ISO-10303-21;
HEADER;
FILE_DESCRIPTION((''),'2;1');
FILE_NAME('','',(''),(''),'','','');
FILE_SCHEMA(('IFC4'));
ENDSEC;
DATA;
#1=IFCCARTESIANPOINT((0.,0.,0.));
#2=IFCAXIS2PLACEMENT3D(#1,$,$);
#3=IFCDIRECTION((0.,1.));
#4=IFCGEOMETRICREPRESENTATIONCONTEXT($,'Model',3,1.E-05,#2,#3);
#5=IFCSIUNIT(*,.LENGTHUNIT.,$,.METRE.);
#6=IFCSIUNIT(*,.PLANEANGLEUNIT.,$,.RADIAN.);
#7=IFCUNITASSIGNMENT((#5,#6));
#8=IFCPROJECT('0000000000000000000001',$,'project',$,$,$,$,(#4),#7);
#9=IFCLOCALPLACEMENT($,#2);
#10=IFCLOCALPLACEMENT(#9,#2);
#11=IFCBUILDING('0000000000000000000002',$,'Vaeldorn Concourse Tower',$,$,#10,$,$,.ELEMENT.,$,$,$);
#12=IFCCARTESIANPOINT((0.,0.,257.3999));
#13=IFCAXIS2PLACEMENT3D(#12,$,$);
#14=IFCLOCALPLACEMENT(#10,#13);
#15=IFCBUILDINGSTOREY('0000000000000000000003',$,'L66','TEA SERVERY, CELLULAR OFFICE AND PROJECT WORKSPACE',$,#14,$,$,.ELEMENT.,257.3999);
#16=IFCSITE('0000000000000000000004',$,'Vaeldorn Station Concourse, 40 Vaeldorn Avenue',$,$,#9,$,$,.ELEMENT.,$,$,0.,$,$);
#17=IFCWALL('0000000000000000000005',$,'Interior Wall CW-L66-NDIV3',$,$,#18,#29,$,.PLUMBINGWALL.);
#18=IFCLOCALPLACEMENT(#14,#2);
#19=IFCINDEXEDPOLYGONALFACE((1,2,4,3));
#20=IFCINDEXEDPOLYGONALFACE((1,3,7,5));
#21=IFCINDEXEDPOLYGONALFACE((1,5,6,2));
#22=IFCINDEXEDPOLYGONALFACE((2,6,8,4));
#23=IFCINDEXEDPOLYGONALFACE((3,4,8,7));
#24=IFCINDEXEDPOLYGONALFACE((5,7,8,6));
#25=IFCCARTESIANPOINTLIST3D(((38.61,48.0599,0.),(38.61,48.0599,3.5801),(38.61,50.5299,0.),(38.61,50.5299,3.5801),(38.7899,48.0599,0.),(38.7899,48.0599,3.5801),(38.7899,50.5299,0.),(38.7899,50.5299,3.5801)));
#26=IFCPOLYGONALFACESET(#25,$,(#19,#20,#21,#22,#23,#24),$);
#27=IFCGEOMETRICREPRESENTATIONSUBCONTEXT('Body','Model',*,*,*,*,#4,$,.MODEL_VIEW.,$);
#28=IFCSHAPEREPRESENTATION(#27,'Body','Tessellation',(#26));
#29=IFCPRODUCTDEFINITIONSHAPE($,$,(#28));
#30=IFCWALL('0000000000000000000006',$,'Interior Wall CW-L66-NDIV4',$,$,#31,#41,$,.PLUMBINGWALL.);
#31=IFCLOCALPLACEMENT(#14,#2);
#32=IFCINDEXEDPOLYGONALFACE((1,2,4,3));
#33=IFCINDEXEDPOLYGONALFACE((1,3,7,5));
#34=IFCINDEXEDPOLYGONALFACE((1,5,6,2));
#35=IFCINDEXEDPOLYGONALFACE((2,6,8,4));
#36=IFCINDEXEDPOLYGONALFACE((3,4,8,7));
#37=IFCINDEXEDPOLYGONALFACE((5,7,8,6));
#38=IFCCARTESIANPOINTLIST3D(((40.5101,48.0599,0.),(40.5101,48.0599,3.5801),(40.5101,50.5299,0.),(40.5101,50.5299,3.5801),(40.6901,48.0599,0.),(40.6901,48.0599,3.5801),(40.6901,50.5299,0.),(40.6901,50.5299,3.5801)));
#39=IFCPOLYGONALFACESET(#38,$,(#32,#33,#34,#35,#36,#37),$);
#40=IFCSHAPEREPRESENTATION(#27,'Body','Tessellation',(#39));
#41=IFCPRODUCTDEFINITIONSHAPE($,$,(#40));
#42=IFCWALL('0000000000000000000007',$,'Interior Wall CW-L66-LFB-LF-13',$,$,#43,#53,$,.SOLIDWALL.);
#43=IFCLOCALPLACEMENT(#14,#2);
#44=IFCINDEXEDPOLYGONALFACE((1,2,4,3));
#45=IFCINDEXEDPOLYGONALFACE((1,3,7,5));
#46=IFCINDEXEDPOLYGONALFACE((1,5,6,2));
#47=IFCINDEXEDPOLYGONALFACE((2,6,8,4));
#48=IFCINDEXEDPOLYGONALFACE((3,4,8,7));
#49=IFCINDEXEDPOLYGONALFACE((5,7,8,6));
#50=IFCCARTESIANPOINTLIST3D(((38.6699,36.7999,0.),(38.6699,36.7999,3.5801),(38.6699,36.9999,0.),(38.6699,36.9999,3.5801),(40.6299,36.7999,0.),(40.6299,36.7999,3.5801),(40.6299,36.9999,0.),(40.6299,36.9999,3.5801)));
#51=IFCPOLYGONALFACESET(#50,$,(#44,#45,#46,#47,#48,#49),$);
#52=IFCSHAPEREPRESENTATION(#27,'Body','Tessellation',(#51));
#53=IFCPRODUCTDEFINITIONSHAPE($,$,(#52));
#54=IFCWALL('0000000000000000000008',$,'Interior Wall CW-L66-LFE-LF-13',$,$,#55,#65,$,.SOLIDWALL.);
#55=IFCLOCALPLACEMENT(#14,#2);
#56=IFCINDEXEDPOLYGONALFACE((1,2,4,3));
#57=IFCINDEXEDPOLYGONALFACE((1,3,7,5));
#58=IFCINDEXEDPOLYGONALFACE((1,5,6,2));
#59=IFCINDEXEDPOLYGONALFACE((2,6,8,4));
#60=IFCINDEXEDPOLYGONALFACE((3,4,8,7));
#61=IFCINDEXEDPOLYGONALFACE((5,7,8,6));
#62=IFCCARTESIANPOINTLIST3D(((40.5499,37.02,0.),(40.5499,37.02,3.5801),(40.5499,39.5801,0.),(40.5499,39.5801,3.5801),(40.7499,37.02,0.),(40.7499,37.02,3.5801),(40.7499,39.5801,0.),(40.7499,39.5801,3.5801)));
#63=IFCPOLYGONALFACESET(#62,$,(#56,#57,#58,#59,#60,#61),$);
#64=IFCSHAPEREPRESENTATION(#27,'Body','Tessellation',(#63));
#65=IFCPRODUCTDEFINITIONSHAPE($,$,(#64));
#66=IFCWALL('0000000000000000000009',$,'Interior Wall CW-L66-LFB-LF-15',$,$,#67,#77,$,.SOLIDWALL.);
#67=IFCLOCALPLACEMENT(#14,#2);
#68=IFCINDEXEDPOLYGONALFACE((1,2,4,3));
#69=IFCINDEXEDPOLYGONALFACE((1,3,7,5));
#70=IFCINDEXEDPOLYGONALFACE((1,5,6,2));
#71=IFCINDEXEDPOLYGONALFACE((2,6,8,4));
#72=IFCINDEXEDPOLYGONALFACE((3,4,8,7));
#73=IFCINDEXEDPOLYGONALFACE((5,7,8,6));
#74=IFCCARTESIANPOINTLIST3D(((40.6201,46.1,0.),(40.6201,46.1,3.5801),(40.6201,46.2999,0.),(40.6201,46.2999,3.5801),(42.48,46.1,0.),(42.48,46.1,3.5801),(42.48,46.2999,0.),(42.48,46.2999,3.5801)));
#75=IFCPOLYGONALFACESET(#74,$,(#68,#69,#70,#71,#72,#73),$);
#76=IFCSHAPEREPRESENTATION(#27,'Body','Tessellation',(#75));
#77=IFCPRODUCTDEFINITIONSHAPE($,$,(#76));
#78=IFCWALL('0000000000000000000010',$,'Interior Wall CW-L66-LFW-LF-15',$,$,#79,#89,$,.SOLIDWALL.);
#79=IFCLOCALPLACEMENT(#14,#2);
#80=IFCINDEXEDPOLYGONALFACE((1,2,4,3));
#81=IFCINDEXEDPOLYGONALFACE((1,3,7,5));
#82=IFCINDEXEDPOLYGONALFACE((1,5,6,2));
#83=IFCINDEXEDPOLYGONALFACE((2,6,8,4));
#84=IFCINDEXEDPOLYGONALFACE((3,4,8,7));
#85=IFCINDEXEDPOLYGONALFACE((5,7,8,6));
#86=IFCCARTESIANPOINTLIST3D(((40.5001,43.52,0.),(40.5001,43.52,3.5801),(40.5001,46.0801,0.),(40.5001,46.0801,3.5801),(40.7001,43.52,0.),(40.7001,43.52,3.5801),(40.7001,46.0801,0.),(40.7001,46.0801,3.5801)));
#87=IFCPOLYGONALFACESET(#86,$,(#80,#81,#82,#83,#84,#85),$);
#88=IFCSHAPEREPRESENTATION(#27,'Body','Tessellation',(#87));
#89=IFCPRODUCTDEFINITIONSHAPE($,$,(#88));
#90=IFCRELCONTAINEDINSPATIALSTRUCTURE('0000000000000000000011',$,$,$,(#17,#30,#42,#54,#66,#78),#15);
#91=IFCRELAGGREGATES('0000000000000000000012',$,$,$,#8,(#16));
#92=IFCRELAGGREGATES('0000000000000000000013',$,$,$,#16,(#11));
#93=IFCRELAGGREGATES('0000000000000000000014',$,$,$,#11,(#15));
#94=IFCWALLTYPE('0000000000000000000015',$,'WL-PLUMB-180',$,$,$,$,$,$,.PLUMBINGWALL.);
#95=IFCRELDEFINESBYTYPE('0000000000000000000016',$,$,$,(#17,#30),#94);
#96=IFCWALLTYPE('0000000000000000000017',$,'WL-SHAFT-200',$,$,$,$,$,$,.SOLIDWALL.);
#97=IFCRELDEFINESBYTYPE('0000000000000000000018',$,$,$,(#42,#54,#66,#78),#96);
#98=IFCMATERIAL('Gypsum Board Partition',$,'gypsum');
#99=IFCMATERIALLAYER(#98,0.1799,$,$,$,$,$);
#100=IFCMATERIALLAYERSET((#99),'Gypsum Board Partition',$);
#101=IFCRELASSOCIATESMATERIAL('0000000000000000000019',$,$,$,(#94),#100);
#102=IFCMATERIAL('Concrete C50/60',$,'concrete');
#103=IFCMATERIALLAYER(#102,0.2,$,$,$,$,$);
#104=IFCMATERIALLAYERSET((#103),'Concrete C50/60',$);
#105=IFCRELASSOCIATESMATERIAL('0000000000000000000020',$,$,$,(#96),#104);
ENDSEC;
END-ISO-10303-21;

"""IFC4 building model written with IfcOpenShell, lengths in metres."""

from ifc_helpers import new_model, si_unit, direction, frame, frame_2d, origin, place, context, subcontext, project, spatial, rectangle, extrude, material, layer, layer_set, type_object, element, save


model = new_model("IFC4")

# Units and contexts
model_context = context("Model", 3, precision=1e-05, world=origin(), true_north=direction((0.0, 1.0)))
body_context = subcontext(model_context, "Body", "Model", "MODEL_VIEW")
ifc_project = project(units=[si_unit("LENGTHUNIT", "METRE"), si_unit("PLANEANGLEUNIT", "RADIAN")], contexts=[model_context])

# Site, building, storey
site_placement = place(None, origin())
site = spatial("IfcSite", under=ifc_project, at=site_placement, Name="Vaeldorn Station Concourse, 40 Vaeldorn Avenue", CompositionType="ELEMENT", RefElevation=0.0)
building_placement = place(site_placement, origin())
building = spatial("IfcBuilding", under=site, at=building_placement, Name="Vaeldorn Concourse Tower", CompositionType="ELEMENT")
storey_placement = place(building_placement, frame((0.0, 0.0, 257.3999)))
storey = spatial("IfcBuildingStorey", under=building, at=storey_placement, Name="L66", Description="TEA SERVERY, CELLULAR OFFICE AND PROJECT WORKSPACE", CompositionType="ELEMENT", Elevation=257.3999)

# Shared definitions
ifc_material_1 = material(Name="Concrete C50/60", Category="concrete")
ifc_material_2 = material(Name="Gypsum Board Partition", Category="gypsum")

# Shared definitions
ifc_layer_1 = layer(ifc_material_2, 0.1799)
ifc_layer_set_1 = layer_set([ifc_layer_1], Name="Gypsum Board Partition")
wall_type_1 = type_object("IfcWallType", Name="WL-PLUMB-180", PredefinedType="PLUMBINGWALL", material=ifc_layer_set_1)

# Walls
for number, where, z_axis, x_axis, name in (
    (1, (38.7, 48.0601, 0.0), (0.0, 0.0, 1.0), (0.0, 1.0, 0.0), "Interior Wall CW-L66-NDIV3"),
    (2, (40.6001, 48.0601, 0.0), (0.0, 0.0, 1.0), (0.0, 1.0, 0.0), "Interior Wall CW-L66-NDIV4"),
):
    element("IfcWall", number, at=place(storey_placement, frame(where, z_axis=z_axis, x_axis=x_axis)), inside=storey, type_object=wall_type_1, Name=name, PredefinedType="PLUMBINGWALL", context=body_context, shape_type="SweptSolid", body=[
        extrude(rectangle(XDim=2.47, YDim=0.1799, at=frame_2d((1.2349, 0.0))), origin(), (0.0, 0.0, 1.0), 3.5801),
    ])

# Shared definitions
ifc_layer_2 = layer(ifc_material_1, 0.2)
ifc_layer_set_2 = layer_set([ifc_layer_2], Name="Concrete C50/60")
wall_type_2 = type_object("IfcWallType", Name="WL-SHAFT-200", PredefinedType="SOLIDWALL", material=ifc_layer_set_2)

# Walls
wall_1_placement = place(storey_placement, frame((38.6699, 36.8999, 0.0), z_axis=(0.0, 0.0, 1.0), x_axis=(1.0, 0.0, 0.0)))
element("IfcWall", 3, at=wall_1_placement, inside=storey, type_object=wall_type_2, Name="Interior Wall CW-L66-LFB-LF-13", PredefinedType="SOLIDWALL", context=body_context, shape_type="SweptSolid", body=[
    extrude(rectangle(XDim=1.96, YDim=0.2, at=frame_2d((0.98, 0.0))), origin(), (0.0, 0.0, 1.0), 3.5801),
])
wall_2_placement = place(storey_placement, frame((40.6499, 37.02, 0.0), z_axis=(0.0, 0.0, 1.0), x_axis=(0.0, 1.0, 0.0)))
element("IfcWall", 4, at=wall_2_placement, inside=storey, type_object=wall_type_2, Name="Interior Wall CW-L66-LFE-LF-13", PredefinedType="SOLIDWALL", context=body_context, shape_type="SweptSolid", body=[
    extrude(rectangle(XDim=2.5601, YDim=0.2, at=frame_2d((1.28, 0.0))), origin(), (0.0, 0.0, 1.0), 3.5801),
])

# Walls
wall_3_placement = place(storey_placement, frame((40.6201, 46.2, 0.0), z_axis=(0.0, 0.0, 1.0), x_axis=(1.0, 0.0, 0.0)))
element("IfcWall", 5, at=wall_3_placement, inside=storey, type_object=wall_type_2, Name="Interior Wall CW-L66-LFB-LF-15", PredefinedType="SOLIDWALL", context=body_context, shape_type="SweptSolid", body=[
    extrude(rectangle(XDim=1.8599, YDim=0.2, at=frame_2d((0.9299, 0.0))), origin(), (0.0, 0.0, 1.0), 3.5801),
])
wall_4_placement = place(storey_placement, frame((40.6001, 43.52, 0.0), z_axis=(0.0, 0.0, 1.0), x_axis=(0.0, 1.0, 0.0)))
element("IfcWall", 6, at=wall_4_placement, inside=storey, type_object=wall_type_2, Name="Interior Wall CW-L66-LFW-LF-15", PredefinedType="SOLIDWALL", context=body_context, shape_type="SweptSolid", body=[
    extrude(rectangle(XDim=2.5601, YDim=0.2, at=frame_2d((1.28, 0.0))), origin(), (0.0, 0.0, 1.0), 3.5801),
])

save(model, "model.ifc")
